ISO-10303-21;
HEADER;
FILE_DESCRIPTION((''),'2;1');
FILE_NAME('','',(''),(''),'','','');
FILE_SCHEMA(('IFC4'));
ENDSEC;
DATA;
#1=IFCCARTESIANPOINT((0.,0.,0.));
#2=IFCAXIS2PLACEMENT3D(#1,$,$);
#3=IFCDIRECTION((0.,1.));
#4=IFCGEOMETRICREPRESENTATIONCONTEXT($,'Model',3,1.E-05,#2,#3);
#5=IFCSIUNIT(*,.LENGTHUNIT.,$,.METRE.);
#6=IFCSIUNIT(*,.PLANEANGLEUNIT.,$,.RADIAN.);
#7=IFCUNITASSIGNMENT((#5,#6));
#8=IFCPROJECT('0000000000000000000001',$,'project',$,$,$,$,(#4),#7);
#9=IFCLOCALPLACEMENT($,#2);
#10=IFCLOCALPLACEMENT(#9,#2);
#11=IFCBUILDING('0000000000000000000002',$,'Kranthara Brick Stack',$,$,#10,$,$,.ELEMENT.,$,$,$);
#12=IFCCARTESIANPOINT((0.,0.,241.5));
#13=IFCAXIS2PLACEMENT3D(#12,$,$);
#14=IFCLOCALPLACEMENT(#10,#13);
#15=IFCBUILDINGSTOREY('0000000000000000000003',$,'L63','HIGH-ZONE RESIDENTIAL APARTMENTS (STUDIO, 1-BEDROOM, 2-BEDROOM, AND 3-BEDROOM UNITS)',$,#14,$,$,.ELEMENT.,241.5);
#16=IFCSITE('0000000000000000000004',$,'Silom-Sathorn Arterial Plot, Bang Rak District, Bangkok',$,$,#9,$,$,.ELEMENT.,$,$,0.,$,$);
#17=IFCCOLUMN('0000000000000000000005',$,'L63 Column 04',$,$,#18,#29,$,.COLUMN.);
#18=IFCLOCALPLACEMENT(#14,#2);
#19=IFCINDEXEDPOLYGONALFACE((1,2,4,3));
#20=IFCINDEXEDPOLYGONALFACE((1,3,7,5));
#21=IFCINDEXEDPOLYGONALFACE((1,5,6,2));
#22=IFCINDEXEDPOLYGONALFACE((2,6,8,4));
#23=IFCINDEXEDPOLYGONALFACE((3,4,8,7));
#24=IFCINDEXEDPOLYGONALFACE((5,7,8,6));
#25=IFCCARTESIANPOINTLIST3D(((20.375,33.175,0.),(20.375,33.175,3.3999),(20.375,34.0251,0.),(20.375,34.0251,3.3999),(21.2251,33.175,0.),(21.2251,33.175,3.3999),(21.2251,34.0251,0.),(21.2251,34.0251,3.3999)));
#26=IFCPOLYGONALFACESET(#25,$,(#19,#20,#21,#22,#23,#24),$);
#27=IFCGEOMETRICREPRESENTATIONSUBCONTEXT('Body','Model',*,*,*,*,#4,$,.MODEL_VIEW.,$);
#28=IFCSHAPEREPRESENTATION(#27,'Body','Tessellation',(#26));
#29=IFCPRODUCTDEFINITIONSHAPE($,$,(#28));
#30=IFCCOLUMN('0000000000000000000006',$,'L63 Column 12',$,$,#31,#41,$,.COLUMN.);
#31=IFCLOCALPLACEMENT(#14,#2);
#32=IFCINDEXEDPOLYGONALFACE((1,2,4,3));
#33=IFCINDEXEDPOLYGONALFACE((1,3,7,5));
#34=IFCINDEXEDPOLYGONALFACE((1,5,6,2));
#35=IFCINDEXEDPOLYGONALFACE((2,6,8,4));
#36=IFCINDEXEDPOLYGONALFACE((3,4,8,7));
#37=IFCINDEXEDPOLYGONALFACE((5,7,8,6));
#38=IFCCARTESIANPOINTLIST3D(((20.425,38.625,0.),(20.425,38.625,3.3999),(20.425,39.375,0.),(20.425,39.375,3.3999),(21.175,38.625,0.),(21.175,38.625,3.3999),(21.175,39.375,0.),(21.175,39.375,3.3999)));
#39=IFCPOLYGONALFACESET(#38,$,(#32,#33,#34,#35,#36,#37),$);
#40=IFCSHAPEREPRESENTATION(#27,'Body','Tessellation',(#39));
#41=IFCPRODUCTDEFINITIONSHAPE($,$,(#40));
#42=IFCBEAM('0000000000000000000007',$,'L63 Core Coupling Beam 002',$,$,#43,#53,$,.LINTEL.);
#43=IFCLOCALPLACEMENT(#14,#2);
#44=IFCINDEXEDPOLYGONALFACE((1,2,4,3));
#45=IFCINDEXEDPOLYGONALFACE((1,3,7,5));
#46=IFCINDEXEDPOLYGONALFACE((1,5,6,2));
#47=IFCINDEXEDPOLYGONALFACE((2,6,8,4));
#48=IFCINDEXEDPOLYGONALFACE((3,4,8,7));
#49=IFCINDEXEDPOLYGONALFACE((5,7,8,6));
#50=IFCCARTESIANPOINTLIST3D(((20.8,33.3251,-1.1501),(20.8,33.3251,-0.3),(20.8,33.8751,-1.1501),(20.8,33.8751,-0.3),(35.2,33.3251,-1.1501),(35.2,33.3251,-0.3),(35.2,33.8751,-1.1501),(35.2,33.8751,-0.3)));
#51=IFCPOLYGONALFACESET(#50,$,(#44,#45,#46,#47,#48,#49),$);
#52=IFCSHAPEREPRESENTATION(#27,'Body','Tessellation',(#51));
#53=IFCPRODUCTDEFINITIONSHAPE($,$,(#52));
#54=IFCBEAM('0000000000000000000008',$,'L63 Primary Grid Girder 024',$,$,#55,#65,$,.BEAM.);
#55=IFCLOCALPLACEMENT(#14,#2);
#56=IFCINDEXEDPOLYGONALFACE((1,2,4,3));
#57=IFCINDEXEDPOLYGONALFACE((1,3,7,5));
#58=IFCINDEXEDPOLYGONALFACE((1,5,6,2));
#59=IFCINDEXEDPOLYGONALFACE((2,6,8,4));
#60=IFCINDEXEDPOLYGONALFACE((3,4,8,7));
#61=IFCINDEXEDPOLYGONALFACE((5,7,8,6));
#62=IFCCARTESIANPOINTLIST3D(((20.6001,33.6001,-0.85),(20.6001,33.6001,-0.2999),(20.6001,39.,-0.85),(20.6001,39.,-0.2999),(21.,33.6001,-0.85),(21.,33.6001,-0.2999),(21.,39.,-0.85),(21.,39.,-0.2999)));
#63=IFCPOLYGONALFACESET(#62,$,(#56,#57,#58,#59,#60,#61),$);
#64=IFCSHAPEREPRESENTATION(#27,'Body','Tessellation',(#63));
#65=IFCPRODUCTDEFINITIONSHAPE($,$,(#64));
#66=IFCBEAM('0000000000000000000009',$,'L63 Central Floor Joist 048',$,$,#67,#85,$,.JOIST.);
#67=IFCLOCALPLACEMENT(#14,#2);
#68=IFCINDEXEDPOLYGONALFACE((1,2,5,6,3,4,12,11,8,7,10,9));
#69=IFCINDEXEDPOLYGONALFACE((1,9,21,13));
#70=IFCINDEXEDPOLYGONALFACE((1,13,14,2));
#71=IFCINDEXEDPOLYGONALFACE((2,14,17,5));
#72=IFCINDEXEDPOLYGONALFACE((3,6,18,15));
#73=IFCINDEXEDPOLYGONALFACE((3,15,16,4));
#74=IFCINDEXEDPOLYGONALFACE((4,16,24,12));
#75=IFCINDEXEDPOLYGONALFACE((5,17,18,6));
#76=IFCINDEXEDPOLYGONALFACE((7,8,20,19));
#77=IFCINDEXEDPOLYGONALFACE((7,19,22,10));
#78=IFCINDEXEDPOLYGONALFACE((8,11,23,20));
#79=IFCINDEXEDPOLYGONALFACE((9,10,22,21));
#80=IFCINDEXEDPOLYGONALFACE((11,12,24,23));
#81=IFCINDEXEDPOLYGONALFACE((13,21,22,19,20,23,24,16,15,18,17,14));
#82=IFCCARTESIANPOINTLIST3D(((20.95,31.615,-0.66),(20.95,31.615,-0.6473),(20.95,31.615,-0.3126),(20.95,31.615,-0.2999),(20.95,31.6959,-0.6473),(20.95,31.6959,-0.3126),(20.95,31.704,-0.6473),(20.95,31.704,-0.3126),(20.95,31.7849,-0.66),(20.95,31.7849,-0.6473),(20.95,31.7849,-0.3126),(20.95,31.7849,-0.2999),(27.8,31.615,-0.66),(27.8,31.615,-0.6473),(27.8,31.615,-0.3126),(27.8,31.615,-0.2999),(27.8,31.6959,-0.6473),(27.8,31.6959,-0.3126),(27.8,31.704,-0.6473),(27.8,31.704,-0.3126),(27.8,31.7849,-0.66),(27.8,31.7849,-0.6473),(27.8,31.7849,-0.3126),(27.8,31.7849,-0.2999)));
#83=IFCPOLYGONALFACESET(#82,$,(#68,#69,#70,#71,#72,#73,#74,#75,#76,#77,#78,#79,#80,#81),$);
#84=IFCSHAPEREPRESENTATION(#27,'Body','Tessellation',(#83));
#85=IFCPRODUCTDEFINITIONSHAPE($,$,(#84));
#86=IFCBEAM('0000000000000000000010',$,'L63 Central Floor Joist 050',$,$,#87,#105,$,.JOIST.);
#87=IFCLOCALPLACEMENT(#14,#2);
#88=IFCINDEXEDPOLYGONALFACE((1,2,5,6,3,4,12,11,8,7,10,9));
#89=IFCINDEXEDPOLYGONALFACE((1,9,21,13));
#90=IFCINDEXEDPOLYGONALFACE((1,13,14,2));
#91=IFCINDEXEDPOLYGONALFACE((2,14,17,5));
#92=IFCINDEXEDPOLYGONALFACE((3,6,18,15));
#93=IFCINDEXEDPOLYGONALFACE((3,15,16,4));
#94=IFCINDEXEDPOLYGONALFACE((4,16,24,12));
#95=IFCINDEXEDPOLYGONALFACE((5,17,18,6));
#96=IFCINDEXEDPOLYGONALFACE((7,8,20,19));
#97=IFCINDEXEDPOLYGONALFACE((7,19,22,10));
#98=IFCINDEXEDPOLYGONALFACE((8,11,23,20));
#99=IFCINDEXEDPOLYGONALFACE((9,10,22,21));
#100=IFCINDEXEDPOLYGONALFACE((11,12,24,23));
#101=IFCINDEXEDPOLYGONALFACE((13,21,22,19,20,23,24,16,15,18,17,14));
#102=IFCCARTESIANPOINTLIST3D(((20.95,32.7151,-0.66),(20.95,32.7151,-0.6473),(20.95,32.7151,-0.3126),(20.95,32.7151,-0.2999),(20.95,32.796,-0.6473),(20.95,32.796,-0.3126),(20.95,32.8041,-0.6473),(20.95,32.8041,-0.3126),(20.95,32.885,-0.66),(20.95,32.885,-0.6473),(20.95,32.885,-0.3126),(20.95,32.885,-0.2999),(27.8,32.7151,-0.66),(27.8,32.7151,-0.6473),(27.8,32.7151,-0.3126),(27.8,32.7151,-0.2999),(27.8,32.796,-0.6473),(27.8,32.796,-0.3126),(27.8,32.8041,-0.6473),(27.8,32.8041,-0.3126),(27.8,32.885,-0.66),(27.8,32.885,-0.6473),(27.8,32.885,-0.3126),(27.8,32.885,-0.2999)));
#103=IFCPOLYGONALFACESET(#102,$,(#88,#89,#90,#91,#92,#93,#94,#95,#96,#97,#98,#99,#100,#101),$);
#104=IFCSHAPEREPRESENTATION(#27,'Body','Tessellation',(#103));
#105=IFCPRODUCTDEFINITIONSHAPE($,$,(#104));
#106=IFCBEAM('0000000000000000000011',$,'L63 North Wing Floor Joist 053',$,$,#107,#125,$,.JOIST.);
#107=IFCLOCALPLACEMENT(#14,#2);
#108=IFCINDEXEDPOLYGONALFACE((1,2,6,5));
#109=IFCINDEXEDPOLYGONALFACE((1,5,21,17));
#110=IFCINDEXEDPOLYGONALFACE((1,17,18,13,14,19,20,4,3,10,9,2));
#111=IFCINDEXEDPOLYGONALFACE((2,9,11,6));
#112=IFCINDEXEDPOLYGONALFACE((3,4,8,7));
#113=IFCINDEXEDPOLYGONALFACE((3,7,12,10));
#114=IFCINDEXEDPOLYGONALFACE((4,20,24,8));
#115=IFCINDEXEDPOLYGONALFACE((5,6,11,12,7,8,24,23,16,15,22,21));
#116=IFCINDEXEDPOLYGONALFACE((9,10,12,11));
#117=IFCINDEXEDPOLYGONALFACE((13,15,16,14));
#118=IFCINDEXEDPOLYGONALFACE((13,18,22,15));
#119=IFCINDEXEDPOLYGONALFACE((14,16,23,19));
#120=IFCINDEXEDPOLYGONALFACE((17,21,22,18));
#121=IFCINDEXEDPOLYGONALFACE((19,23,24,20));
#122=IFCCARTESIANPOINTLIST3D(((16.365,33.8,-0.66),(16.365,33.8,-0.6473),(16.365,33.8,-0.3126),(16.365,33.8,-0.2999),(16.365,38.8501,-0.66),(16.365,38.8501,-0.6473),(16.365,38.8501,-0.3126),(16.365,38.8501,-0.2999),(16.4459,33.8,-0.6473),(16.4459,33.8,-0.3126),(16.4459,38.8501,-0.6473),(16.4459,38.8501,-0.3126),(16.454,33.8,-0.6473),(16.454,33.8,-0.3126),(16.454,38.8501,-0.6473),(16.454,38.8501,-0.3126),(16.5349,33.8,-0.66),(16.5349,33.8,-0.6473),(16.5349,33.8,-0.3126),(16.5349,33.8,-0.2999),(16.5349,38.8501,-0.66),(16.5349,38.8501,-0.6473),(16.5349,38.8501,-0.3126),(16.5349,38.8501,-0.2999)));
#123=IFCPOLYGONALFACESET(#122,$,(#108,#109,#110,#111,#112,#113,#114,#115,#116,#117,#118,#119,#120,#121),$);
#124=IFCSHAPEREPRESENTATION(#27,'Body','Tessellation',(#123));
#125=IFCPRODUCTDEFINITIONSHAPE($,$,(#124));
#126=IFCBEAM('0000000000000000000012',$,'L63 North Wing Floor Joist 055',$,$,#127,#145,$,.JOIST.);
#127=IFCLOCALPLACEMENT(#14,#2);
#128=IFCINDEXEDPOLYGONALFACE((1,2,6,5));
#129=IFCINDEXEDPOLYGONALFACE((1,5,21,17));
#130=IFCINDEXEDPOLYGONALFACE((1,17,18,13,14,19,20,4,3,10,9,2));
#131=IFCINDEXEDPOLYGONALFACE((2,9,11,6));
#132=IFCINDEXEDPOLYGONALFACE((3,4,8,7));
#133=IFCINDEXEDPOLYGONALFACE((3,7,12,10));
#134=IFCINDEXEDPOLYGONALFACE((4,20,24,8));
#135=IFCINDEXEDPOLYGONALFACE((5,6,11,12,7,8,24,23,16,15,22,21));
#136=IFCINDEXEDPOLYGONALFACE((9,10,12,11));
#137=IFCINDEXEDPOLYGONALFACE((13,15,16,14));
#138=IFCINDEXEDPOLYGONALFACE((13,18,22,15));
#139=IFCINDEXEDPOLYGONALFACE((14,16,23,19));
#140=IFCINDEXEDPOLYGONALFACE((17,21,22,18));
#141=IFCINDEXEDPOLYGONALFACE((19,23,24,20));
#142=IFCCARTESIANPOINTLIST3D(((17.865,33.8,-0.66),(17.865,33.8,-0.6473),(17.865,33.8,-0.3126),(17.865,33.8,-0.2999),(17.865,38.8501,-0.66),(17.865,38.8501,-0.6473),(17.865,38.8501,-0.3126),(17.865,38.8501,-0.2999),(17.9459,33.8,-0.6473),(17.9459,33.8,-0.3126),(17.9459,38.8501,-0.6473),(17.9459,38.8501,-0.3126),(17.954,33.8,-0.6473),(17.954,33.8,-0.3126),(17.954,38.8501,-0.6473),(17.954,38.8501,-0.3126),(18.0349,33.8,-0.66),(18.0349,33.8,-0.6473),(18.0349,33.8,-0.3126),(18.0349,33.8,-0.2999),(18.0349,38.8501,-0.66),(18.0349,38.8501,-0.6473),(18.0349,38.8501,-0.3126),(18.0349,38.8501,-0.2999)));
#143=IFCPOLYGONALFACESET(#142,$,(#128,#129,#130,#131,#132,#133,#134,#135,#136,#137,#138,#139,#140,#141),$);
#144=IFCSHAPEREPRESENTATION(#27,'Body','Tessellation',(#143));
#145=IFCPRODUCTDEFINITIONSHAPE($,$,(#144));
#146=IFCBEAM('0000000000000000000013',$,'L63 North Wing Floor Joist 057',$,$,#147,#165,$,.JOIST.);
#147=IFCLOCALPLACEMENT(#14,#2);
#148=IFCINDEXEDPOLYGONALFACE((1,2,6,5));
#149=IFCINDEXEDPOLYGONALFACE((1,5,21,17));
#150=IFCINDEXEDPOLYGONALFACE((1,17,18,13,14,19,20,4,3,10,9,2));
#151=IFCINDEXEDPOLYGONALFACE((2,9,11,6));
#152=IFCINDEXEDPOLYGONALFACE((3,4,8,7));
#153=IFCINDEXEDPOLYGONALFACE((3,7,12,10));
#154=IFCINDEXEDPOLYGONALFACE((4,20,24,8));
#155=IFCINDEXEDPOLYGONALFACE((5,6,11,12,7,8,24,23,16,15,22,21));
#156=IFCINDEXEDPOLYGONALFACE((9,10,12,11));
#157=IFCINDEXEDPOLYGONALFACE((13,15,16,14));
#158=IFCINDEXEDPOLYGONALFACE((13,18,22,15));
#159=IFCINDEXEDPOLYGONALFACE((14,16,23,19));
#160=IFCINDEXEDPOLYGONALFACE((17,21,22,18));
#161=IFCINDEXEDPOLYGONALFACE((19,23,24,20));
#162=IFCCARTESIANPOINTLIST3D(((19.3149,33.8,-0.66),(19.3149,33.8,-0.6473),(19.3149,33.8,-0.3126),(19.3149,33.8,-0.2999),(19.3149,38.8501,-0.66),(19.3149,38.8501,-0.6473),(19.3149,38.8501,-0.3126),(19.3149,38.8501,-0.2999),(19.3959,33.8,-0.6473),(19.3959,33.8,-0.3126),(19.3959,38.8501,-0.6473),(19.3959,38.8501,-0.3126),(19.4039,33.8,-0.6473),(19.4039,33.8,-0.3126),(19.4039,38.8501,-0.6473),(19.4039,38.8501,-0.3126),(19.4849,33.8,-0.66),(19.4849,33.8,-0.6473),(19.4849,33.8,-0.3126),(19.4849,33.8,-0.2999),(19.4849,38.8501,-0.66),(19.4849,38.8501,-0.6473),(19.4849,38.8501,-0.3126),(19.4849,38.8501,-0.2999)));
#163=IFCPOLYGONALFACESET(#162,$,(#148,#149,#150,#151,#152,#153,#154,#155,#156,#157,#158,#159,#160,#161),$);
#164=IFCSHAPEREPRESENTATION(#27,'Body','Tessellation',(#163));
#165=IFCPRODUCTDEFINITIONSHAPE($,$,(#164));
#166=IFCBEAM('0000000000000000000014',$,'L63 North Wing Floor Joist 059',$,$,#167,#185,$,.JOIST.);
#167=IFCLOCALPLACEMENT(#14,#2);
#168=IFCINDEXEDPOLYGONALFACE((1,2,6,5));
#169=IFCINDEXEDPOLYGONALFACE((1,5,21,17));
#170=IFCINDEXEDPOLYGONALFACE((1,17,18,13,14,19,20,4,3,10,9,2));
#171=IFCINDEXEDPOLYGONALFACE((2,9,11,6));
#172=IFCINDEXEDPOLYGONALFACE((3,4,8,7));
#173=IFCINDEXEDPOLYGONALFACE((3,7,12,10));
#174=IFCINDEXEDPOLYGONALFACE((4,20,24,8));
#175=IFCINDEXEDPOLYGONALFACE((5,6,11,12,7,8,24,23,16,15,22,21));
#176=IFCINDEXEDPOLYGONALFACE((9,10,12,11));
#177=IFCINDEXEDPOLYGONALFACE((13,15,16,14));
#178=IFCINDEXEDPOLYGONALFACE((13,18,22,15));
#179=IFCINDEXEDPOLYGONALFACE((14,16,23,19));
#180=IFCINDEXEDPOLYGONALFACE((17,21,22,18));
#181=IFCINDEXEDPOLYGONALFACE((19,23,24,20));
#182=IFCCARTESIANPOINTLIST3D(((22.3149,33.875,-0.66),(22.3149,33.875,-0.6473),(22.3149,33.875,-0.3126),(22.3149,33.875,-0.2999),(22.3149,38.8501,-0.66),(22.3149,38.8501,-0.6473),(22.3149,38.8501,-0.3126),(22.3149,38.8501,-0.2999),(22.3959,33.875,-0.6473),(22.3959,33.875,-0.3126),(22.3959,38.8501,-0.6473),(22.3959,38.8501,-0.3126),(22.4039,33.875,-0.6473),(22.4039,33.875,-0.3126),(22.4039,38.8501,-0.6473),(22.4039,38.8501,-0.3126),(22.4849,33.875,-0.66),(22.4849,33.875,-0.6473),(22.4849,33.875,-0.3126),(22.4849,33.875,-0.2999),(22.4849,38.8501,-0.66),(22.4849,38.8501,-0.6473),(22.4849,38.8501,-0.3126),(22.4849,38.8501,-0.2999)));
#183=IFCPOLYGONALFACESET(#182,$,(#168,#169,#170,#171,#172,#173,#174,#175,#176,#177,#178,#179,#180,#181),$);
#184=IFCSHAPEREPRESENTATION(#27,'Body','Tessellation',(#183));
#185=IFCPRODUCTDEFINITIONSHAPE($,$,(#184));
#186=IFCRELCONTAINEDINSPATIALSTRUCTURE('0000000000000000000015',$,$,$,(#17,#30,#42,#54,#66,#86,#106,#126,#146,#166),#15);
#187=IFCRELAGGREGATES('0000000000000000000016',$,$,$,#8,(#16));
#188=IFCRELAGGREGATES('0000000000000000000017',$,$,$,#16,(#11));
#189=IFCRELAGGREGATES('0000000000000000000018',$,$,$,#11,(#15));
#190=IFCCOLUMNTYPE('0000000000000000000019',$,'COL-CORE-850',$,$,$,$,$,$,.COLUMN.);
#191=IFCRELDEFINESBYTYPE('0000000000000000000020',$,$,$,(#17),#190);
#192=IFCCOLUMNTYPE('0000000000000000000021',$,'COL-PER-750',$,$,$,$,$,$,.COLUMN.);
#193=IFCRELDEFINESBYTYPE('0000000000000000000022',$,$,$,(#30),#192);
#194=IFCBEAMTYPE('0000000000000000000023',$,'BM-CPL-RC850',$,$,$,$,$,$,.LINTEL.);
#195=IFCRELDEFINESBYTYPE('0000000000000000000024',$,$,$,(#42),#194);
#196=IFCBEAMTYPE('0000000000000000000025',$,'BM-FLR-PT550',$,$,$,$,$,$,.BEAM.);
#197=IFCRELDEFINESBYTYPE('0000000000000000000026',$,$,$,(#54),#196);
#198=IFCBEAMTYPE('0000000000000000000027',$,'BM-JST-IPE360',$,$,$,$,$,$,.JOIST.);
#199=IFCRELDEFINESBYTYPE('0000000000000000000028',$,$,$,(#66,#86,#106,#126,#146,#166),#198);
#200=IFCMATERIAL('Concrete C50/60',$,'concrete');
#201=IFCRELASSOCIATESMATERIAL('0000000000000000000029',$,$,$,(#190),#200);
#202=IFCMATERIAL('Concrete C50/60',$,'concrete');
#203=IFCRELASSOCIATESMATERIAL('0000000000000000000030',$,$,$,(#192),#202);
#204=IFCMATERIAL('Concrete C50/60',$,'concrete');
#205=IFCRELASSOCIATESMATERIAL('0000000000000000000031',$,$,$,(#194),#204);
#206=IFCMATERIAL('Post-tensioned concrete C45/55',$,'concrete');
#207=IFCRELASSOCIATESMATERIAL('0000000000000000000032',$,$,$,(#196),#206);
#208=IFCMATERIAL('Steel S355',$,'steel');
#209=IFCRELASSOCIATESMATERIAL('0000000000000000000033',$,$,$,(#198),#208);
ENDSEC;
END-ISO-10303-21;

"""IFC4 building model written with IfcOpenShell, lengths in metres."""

from ifc_helpers import new_model, si_unit, direction, frame, origin, origin_2d, place, context, subcontext, project, spatial, rectangle, i_section, extrude, material, material_profile, profile_set, type_object, element, save


model = new_model("IFC4")

# Units and contexts
model_context = context("Model", 3, precision=1e-05, world=origin(), true_north=direction((0.0, 1.0)))
body_context = subcontext(model_context, "Body", "Model", "MODEL_VIEW")
ifc_project = project(units=[si_unit("LENGTHUNIT", "METRE"), si_unit("PLANEANGLEUNIT", "RADIAN")], contexts=[model_context])

# Site, building, storey
site_placement = place(None, origin())
site = spatial("IfcSite", under=ifc_project, at=site_placement, Name="Silom-Sathorn Arterial Plot, Bang Rak District, Bangkok", CompositionType="ELEMENT", RefElevation=0.0)
building_placement = place(site_placement, origin())
building = spatial("IfcBuilding", under=site, at=building_placement, Name="Kranthara Brick Stack", CompositionType="ELEMENT")
storey_placement = place(building_placement, frame((0.0, 0.0, 241.5)))
storey = spatial("IfcBuildingStorey", under=building, at=storey_placement, Name="L63", Description="HIGH-ZONE RESIDENTIAL APARTMENTS (STUDIO, 1-BEDROOM, 2-BEDROOM, AND 3-BEDROOM UNITS)", CompositionType="ELEMENT", Elevation=241.5)

# Columns
ifc_material_1 = material(Name="Concrete C50/60", Category="concrete")
ifc_material_profile_1 = material_profile(ifc_material_1, rectangle(XDim=0.8501, YDim=0.8501, at=origin_2d()), Name="RC 850x850")
ifc_profile_set_1 = profile_set([ifc_material_profile_1], Name="Concrete C50/60")
column_type_1 = type_object("IfcColumnType", Name="COL-CORE-850", PredefinedType="COLUMN", material=ifc_profile_set_1)
column_1_placement = place(storey_placement, frame((20.8, 33.6001, 0.0), z_axis=(0.0, 0.0, 1.0), x_axis=(1.0, 0.0, 0.0)))
element("IfcColumn", 1, at=column_1_placement, inside=storey, type_object=column_type_1, Name="L63 Column 04", PredefinedType="COLUMN", context=body_context, shape_type="SweptSolid", body=[
    extrude(rectangle(XDim=0.8501, YDim=0.8501, at=origin_2d()), origin(), (0.0, 0.0, 1.0), 3.3999),
])
ifc_material_2 = material(Name="Concrete C50/60", Category="concrete")
ifc_material_profile_2 = material_profile(ifc_material_2, rectangle(XDim=0.75, YDim=0.75, at=origin_2d()), Name="RC 750x750")
ifc_profile_set_2 = profile_set([ifc_material_profile_2], Name="Concrete C50/60")
column_type_2 = type_object("IfcColumnType", Name="COL-PER-750", PredefinedType="COLUMN", material=ifc_profile_set_2)
column_2_placement = place(storey_placement, frame((20.8, 39.0, 0.0), z_axis=(0.0, 0.0, 1.0), x_axis=(1.0, 0.0, 0.0)))
element("IfcColumn", 2, at=column_2_placement, inside=storey, type_object=column_type_2, Name="L63 Column 12", PredefinedType="COLUMN", context=body_context, shape_type="SweptSolid", body=[
    extrude(rectangle(XDim=0.75, YDim=0.75, at=origin_2d()), origin(), (0.0, 0.0, 1.0), 3.3999),
])

# Beams
ifc_material_3 = material(Name="Concrete C50/60", Category="concrete")
ifc_material_profile_3 = material_profile(ifc_material_3, rectangle(XDim=0.55, YDim=0.8501, at=origin_2d()), Name="RC 550x850")
ifc_profile_set_3 = profile_set([ifc_material_profile_3], Name="Concrete C50/60")
beam_type_1 = type_object("IfcBeamType", Name="BM-CPL-RC850", PredefinedType="LINTEL", material=ifc_profile_set_3)
beam_1_placement = place(storey_placement, frame((20.8, 33.6001, -0.7251), z_axis=(1.0, 0.0, 0.0), x_axis=(0.0, 1.0, 0.0)))
element("IfcBeam", 3, at=beam_1_placement, inside=storey, type_object=beam_type_1, Name="L63 Core Coupling Beam 002", PredefinedType="LINTEL", context=body_context, shape_type="SweptSolid", body=[
    extrude(rectangle(XDim=0.55, YDim=0.8501, at=origin_2d()), origin(), (0.0, 0.0, 1.0), 14.3999),
])
ifc_material_4 = material(Name="Post-tensioned concrete C45/55", Category="concrete")
ifc_material_profile_4 = material_profile(ifc_material_4, rectangle(XDim=0.3999, YDim=0.55, at=origin_2d()), Name="PT 400x550")
ifc_profile_set_4 = profile_set([ifc_material_profile_4], Name="Post-tensioned concrete C45/55")
beam_type_2 = type_object("IfcBeamType", Name="BM-FLR-PT550", PredefinedType="BEAM", material=ifc_profile_set_4)
beam_2_placement = place(storey_placement, frame((20.8, 33.6001, -0.575), z_axis=(0.0, 1.0, 0.0), x_axis=(-1.0, 0.0, 0.0)))
element("IfcBeam", 4, at=beam_2_placement, inside=storey, type_object=beam_type_2, Name="L63 Primary Grid Girder 024", PredefinedType="BEAM", context=body_context, shape_type="SweptSolid", body=[
    extrude(rectangle(XDim=0.3999, YDim=0.55, at=origin_2d()), origin(), (0.0, 0.0, 1.0), 5.3999),
])
ifc_material_5 = material(Name="Steel S355", Category="steel")
ifc_material_profile_5 = material_profile(ifc_material_5, i_section(OverallWidth=0.1699, OverallDepth=0.3601, WebThickness=0.0081, FlangeThickness=0.0127, at=origin_2d()), Name="IPE 360")
ifc_profile_set_5 = profile_set([ifc_material_profile_5], Name="Steel S355")
beam_type_3 = type_object("IfcBeamType", Name="BM-JST-IPE360", PredefinedType="JOIST", material=ifc_profile_set_5)
for number, where, z_axis, x_axis, name in (
    (5, (20.95, 31.7, -0.48), (1.0, 0.0, 0.0), (0.0, 1.0, 0.0), "L63 Central Floor Joist 048"),
    (6, (20.95, 32.8, -0.48), (1.0, 0.0, 0.0), (0.0, 1.0, 0.0), "L63 Central Floor Joist 050"),
):
    element("IfcBeam", number, at=place(storey_placement, frame(where, z_axis=z_axis, x_axis=x_axis)), inside=storey, type_object=beam_type_3, Name=name, PredefinedType="JOIST", context=body_context, shape_type="SweptSolid", body=[
        extrude(i_section(OverallWidth=0.1699, OverallDepth=0.3601, WebThickness=0.0081, FlangeThickness=0.0127, at=origin_2d()), origin(), (0.0, 0.0, 1.0), 6.8501),
    ])
for number, where, z_axis, x_axis, name in (
    (7, (16.45, 33.8, -0.48), (0.0, 1.0, 0.0), (-1.0, 0.0, 0.0), "L63 North Wing Floor Joist 053"),
    (8, (17.95, 33.8, -0.48), (0.0, 1.0, 0.0), (-1.0, 0.0, 0.0), "L63 North Wing Floor Joist 055"),
    (9, (19.3999, 33.8, -0.48), (0.0, 1.0, 0.0), (-1.0, 0.0, 0.0), "L63 North Wing Floor Joist 057"),
):
    element("IfcBeam", number, at=place(storey_placement, frame(where, z_axis=z_axis, x_axis=x_axis)), inside=storey, type_object=beam_type_3, Name=name, PredefinedType="JOIST", context=body_context, shape_type="SweptSolid", body=[
        extrude(i_section(OverallWidth=0.1699, OverallDepth=0.3601, WebThickness=0.0081, FlangeThickness=0.0127, at=origin_2d()), origin(), (0.0, 0.0, 1.0), 5.05),
    ])
for number, where, z_axis, x_axis, name in (
    (10, (22.3999, 33.875, -0.48), (0.0, 1.0, 0.0), (-1.0, 0.0, 0.0), "L63 North Wing Floor Joist 059"),
):
    element("IfcBeam", number, at=place(storey_placement, frame(where, z_axis=z_axis, x_axis=x_axis)), inside=storey, type_object=beam_type_3, Name=name, PredefinedType="JOIST", context=body_context, shape_type="SweptSolid", body=[
        extrude(i_section(OverallWidth=0.1699, OverallDepth=0.3601, WebThickness=0.0081, FlangeThickness=0.0127, at=origin_2d()), origin(), (0.0, 0.0, 1.0), 4.9751),
    ])

save(model, "model.ifc")
